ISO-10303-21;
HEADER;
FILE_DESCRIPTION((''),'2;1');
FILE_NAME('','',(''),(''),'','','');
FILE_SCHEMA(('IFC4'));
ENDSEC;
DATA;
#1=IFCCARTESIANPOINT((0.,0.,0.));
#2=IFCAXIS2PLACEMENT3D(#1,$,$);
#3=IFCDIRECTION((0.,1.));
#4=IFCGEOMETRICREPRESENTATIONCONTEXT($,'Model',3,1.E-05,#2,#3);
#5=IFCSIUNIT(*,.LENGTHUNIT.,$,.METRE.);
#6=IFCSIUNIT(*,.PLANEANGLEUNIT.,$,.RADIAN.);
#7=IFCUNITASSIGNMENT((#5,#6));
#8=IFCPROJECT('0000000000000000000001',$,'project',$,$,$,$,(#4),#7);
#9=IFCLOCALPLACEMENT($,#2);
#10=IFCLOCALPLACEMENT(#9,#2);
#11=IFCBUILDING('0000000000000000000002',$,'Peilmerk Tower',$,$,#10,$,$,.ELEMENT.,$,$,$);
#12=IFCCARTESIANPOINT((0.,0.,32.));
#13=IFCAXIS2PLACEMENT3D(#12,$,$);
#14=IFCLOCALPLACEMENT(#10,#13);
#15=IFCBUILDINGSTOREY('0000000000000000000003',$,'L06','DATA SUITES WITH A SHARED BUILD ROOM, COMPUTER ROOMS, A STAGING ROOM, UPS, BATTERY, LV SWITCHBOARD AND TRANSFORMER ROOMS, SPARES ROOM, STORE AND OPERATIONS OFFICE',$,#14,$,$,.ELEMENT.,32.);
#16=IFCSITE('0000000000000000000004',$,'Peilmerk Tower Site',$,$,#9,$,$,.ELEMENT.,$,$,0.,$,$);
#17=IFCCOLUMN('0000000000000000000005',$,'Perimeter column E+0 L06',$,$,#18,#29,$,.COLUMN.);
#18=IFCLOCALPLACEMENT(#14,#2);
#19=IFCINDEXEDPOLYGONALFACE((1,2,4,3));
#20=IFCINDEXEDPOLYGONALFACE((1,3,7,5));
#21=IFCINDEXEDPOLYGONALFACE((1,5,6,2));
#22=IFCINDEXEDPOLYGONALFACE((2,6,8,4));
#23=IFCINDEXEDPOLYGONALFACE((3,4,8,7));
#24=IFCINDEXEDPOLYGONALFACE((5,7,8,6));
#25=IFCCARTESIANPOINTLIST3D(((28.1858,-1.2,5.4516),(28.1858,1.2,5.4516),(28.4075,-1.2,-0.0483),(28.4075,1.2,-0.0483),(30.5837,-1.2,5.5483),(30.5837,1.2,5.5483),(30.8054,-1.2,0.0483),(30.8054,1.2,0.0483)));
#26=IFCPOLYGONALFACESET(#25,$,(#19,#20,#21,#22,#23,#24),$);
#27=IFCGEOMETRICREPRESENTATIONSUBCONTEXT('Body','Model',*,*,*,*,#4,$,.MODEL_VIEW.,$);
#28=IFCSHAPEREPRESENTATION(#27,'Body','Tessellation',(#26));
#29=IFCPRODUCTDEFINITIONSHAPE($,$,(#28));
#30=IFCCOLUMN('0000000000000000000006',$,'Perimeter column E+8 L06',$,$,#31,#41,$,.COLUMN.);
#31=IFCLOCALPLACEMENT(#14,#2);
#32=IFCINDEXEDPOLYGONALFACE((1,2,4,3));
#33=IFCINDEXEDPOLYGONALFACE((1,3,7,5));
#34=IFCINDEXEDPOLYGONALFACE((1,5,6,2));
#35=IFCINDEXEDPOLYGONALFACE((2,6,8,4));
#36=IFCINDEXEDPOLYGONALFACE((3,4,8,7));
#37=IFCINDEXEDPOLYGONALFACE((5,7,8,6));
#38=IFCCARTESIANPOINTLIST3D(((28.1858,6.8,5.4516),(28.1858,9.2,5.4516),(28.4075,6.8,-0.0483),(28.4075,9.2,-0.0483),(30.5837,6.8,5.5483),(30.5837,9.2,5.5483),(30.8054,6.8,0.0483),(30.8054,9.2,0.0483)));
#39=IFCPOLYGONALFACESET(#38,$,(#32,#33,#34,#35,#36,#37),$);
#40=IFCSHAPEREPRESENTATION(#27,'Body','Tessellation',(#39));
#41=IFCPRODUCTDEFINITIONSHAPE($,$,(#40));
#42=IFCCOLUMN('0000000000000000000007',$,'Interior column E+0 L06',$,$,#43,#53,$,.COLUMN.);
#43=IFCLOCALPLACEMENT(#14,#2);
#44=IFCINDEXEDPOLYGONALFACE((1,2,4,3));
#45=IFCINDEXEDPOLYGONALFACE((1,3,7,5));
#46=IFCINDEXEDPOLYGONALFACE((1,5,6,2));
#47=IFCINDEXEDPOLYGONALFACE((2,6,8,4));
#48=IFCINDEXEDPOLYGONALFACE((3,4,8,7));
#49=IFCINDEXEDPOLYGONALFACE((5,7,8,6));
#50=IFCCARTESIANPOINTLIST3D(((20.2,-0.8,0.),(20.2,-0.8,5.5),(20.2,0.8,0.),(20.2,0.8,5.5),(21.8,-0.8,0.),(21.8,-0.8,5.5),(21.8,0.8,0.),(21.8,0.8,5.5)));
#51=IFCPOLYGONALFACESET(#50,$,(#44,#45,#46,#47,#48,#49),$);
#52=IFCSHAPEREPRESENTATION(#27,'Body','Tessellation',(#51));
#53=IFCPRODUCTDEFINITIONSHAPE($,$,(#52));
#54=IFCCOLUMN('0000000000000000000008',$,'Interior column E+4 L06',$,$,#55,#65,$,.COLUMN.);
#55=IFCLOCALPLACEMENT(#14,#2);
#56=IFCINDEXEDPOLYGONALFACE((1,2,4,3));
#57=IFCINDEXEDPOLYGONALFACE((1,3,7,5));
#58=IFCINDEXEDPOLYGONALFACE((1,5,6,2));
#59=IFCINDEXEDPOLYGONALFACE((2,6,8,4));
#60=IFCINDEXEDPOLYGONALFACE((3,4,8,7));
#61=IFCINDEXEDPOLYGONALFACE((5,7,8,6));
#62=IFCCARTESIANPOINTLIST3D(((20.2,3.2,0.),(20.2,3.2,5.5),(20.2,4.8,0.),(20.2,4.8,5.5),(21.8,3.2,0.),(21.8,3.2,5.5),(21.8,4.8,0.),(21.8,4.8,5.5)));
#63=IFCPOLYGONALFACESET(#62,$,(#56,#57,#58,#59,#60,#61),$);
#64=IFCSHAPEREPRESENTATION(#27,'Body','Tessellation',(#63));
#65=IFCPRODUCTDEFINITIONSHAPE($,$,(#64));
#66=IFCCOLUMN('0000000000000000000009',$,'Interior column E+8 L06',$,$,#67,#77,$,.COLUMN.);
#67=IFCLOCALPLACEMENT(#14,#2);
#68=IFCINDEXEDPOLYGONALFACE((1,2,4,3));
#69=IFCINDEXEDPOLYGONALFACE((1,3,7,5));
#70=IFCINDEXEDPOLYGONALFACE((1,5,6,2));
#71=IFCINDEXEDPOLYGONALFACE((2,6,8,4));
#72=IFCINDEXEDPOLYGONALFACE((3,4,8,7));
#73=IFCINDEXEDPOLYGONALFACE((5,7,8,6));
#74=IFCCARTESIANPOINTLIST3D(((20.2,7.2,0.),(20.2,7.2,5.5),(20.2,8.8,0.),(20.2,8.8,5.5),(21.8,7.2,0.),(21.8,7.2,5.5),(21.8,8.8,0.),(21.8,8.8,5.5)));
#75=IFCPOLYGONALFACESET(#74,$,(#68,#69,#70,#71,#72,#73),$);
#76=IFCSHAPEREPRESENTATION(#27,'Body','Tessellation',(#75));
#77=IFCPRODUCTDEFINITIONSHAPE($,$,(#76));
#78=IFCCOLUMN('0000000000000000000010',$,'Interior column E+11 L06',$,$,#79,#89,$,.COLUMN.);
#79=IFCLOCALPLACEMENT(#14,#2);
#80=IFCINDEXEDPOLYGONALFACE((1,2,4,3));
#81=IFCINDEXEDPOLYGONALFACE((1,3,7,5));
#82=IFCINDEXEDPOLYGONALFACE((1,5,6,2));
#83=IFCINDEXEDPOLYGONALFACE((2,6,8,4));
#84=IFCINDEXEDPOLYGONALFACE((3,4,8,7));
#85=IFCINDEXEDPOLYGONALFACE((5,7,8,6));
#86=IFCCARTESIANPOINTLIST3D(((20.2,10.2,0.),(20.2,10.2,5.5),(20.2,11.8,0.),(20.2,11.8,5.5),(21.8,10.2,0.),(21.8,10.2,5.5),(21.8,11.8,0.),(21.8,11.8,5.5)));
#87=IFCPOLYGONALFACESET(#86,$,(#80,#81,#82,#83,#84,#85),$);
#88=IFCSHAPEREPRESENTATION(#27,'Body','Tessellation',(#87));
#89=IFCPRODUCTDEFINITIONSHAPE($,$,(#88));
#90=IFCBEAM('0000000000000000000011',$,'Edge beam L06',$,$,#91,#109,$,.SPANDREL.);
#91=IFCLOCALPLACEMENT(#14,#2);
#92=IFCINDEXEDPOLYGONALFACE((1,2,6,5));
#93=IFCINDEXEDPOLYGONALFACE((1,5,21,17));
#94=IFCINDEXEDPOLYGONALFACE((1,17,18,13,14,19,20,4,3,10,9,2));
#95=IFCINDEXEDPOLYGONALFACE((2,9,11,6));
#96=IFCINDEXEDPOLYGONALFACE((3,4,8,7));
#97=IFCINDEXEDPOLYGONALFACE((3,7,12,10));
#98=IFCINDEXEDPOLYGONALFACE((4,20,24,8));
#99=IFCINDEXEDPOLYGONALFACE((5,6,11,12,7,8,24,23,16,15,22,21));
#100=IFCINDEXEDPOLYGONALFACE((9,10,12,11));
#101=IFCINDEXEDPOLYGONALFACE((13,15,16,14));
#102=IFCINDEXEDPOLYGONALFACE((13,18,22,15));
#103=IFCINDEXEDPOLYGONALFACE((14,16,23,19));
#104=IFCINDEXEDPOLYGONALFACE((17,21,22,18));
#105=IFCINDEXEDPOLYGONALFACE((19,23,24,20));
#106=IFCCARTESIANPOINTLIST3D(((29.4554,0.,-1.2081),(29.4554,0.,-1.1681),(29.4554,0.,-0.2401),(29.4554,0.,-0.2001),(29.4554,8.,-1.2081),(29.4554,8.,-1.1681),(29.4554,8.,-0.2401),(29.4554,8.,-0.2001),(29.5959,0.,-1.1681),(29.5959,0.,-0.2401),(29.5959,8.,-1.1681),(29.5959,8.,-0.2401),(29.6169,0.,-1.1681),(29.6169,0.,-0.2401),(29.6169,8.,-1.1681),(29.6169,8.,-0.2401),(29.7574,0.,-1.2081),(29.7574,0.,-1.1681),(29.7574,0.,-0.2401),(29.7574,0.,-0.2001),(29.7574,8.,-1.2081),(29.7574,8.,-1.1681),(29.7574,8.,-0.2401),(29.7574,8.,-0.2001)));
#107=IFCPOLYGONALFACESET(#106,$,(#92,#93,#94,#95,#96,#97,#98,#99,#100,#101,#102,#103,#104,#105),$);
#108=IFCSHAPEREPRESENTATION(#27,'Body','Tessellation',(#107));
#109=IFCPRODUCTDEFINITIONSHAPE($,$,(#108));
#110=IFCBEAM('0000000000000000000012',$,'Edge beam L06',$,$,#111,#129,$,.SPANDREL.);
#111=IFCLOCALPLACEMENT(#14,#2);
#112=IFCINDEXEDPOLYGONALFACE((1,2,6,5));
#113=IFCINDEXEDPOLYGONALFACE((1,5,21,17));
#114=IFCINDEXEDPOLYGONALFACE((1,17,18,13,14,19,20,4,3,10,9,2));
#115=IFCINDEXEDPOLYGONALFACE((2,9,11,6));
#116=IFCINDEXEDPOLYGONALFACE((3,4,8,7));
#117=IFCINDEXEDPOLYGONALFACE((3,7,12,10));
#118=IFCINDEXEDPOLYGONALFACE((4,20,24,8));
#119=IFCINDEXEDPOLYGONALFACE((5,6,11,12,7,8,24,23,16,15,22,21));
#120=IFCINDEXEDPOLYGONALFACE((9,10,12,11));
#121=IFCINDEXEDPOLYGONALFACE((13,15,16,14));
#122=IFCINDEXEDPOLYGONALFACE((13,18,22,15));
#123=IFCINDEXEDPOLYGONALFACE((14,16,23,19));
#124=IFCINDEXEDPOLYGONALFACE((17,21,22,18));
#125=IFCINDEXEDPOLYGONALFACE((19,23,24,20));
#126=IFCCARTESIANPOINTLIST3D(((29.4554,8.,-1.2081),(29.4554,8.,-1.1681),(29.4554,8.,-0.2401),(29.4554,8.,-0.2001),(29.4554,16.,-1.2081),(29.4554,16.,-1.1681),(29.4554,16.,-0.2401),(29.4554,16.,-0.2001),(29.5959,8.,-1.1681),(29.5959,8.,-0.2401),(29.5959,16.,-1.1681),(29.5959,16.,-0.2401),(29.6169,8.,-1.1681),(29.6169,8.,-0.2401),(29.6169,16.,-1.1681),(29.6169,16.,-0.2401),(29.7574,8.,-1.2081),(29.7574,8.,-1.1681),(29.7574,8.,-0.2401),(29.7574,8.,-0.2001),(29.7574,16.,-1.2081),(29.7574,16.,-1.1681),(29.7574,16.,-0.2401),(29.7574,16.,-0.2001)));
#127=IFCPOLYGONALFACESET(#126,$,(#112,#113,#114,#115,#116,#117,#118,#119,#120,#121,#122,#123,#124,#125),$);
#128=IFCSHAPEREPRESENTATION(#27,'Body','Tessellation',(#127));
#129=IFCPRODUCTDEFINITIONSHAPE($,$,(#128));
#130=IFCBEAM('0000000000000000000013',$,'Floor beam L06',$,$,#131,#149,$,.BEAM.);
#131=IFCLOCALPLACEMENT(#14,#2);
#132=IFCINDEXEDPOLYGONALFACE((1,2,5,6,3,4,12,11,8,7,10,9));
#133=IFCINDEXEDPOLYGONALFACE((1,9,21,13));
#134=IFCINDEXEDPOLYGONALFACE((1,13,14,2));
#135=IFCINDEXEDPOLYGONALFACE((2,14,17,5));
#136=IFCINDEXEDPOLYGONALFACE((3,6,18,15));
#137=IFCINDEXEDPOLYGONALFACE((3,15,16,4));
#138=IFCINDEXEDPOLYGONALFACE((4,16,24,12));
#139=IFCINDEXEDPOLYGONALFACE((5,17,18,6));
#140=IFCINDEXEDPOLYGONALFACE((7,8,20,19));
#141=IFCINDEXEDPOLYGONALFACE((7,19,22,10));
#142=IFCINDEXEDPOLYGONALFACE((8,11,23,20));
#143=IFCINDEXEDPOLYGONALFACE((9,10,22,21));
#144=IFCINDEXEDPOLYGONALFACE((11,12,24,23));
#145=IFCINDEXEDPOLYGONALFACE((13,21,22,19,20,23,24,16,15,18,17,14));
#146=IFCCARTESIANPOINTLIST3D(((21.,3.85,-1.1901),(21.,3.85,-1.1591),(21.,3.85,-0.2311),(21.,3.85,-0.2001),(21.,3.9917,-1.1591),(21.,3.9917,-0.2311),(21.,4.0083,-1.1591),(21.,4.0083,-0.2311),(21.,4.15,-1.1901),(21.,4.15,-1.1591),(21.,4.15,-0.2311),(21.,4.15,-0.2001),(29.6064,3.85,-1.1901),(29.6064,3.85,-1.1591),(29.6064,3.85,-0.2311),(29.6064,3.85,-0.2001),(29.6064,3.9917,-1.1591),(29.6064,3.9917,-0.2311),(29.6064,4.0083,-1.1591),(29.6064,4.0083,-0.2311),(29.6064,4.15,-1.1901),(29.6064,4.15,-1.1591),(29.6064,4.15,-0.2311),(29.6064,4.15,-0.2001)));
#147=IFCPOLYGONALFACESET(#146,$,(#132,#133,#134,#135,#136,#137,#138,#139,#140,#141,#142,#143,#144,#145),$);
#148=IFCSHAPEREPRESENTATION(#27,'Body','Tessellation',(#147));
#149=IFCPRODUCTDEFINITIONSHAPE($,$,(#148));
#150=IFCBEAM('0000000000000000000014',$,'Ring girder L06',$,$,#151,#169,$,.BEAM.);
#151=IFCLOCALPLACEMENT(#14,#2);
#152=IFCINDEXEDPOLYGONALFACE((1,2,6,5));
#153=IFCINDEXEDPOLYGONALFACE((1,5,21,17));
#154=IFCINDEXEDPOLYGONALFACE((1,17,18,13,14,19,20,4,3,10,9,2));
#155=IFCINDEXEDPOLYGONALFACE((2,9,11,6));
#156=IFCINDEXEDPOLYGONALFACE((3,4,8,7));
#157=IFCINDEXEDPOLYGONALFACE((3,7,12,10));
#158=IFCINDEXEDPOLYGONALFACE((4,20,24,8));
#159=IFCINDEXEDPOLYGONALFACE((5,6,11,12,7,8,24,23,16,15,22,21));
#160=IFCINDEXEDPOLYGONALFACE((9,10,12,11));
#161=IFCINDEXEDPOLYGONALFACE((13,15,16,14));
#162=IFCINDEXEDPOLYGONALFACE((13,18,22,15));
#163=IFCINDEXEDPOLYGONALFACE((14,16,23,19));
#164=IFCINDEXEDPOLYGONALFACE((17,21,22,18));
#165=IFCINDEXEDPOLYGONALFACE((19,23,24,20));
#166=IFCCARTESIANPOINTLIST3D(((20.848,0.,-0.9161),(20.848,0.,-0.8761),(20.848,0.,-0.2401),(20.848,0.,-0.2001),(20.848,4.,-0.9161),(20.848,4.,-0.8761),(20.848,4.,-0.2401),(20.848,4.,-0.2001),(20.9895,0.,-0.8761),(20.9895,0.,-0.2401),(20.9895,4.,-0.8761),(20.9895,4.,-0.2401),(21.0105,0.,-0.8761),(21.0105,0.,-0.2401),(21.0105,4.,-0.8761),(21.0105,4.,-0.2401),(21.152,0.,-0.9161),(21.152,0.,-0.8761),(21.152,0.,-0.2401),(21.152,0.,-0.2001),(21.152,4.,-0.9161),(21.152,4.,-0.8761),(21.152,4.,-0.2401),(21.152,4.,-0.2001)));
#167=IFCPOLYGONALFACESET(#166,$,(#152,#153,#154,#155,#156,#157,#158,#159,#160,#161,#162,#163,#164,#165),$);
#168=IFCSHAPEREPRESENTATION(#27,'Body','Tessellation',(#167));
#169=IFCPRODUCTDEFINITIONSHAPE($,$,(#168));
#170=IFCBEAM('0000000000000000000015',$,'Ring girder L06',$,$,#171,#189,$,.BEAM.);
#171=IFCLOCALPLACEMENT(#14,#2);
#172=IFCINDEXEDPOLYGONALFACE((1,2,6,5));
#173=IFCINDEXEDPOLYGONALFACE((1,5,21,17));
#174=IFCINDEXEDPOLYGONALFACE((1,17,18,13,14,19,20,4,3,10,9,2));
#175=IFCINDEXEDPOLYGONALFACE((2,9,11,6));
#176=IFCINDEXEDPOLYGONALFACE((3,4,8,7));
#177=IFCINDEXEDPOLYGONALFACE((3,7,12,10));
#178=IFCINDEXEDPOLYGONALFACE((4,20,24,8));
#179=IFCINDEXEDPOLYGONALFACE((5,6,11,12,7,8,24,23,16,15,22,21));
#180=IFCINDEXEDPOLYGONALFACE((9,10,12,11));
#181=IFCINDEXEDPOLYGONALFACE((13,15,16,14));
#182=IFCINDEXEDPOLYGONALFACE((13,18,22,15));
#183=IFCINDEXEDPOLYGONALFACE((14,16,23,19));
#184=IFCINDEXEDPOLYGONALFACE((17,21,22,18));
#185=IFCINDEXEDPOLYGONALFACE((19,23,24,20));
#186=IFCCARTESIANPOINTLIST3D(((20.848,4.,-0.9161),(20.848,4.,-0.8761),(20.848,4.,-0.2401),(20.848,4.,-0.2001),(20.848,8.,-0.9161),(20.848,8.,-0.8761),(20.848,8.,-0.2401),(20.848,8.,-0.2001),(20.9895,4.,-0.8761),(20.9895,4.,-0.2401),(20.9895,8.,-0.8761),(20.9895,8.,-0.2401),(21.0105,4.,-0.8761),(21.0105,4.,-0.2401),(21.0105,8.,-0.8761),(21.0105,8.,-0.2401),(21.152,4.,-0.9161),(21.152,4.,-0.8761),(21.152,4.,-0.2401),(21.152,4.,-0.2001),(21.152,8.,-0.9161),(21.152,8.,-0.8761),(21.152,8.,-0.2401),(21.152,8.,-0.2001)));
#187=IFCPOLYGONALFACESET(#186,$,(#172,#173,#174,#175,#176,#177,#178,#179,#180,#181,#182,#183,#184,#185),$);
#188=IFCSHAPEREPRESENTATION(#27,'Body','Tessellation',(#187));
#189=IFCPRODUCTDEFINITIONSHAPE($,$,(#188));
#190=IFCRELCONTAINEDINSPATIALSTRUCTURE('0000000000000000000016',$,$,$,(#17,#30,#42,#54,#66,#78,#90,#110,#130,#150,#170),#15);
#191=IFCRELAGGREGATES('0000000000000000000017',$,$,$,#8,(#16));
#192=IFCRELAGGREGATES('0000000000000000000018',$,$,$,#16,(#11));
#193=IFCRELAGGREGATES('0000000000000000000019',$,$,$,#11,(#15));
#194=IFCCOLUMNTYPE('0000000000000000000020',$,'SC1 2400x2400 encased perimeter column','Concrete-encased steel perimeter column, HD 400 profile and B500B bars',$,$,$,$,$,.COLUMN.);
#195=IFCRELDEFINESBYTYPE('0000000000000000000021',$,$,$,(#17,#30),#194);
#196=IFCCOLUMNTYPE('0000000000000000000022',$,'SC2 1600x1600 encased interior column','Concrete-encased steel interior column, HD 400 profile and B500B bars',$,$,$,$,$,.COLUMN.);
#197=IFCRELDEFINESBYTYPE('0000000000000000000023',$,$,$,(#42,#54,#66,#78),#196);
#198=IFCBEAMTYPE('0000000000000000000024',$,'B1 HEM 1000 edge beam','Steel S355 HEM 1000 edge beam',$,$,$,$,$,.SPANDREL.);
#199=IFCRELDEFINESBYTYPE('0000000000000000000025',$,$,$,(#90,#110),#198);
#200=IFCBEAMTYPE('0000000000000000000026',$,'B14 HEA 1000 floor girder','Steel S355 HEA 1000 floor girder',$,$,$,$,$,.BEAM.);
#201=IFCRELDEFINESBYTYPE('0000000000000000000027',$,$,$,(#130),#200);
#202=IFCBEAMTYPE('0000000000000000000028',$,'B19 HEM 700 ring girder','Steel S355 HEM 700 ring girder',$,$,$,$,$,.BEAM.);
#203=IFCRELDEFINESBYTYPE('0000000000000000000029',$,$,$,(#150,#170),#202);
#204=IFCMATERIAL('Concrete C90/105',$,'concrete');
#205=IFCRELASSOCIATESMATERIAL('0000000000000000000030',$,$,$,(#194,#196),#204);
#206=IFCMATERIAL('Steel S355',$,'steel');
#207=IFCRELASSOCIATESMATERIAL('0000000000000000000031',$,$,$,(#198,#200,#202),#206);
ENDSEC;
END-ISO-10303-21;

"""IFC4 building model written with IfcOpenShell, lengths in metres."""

from ifc_helpers import new_model, si_unit, direction, frame, origin, origin_2d, place, context, subcontext, project, spatial, rectangle, i_section, extrude, material, material_profile, profile_set, type_object, element, save


model = new_model("IFC4")

# Units and contexts
model_context = context("Model", 3, precision=1e-05, world=origin(), true_north=direction((0.0, 1.0)))
body_context = subcontext(model_context, "Body", "Model", "MODEL_VIEW")
ifc_project = project(units=[si_unit("LENGTHUNIT", "METRE"), si_unit("PLANEANGLEUNIT", "RADIAN")], contexts=[model_context])

# Site, building, storey
site_placement = place(None, origin())
site = spatial("IfcSite", under=ifc_project, at=site_placement, Name="Peilmerk Tower Site", CompositionType="ELEMENT", RefElevation=0.0)
building_placement = place(site_placement, origin())
building = spatial("IfcBuilding", under=site, at=building_placement, Name="Peilmerk Tower", CompositionType="ELEMENT")
storey_placement = place(building_placement, frame((0.0, 0.0, 32.0)))
storey = spatial("IfcBuildingStorey", under=building, at=storey_placement, Name="L06", Description="DATA SUITES WITH A SHARED BUILD ROOM, COMPUTER ROOMS, A STAGING ROOM, UPS, BATTERY, LV SWITCHBOARD AND TRANSFORMER ROOMS, SPARES ROOM, STORE AND OPERATIONS OFFICE", CompositionType="ELEMENT", Elevation=32.0)

# Columns
ifc_material_1 = material(Name="Concrete C90/105", Category="concrete")
ifc_material_profile_1 = material_profile(ifc_material_1, rectangle(XDim=2.3999, YDim=2.3999, at=origin_2d()), Name="RC 2400x2400")
ifc_profile_set_1 = profile_set([ifc_material_profile_1], Name="Concrete C90/105")
column_type_1 = type_object("IfcColumnType", Name="SC1 2400x2400 encased perimeter column", Description="Concrete-encased steel perimeter column, HD 400 profile and B500B bars", PredefinedType="COLUMN", material=ifc_profile_set_1)
for number, where, z_axis, x_axis, name in (
    (1, (29.6064, 0.0, 0.0), (-0.040273, 0.0, 0.999189), (0.0, -1.0, 0.0), "Perimeter column E+0 L06"),
    (2, (29.6064, 8.0, 0.0), (-0.040273, 0.0, 0.999189), (0.0, -1.0, 0.0), "Perimeter column E+8 L06"),
):
    element("IfcColumn", number, at=place(storey_placement, frame(where, z_axis=z_axis, x_axis=x_axis)), inside=storey, type_object=column_type_1, Name=name, PredefinedType="COLUMN", context=body_context, shape_type="SweptSolid", body=[
        extrude(rectangle(XDim=2.3999, YDim=2.3999, at=origin_2d()), origin(), (0.0, 0.0, 1.0), 5.5044),
    ])
ifc_material_profile_2 = material_profile(ifc_material_1, rectangle(XDim=1.6001, YDim=1.6001, at=origin_2d()), Name="RC 1600x1600")
ifc_profile_set_2 = profile_set([ifc_material_profile_2], Name="Concrete C90/105")
column_type_2 = type_object("IfcColumnType", Name="SC2 1600x1600 encased interior column", Description="Concrete-encased steel interior column, HD 400 profile and B500B bars", PredefinedType="COLUMN", material=ifc_profile_set_2)
for number, where, z_axis, x_axis, name in (
    (3, (21.0, 0.0, 0.0), (0.0, 0.0, 1.0), (1.0, 0.0, 0.0), "Interior column E+0 L06"),
    (4, (21.0, 4.0, 0.0), (0.0, 0.0, 1.0), (1.0, 0.0, 0.0), "Interior column E+4 L06"),
    (5, (21.0, 8.0, 0.0), (0.0, 0.0, 1.0), (1.0, 0.0, 0.0), "Interior column E+8 L06"),
    (6, (21.0, 11.0, 0.0), (0.0, 0.0, 1.0), (1.0, 0.0, 0.0), "Interior column E+11 L06"),
):
    element("IfcColumn", number, at=place(storey_placement, frame(where, z_axis=z_axis, x_axis=x_axis)), inside=storey, type_object=column_type_2, Name=name, PredefinedType="COLUMN", context=body_context, shape_type="SweptSolid", body=[
        extrude(rectangle(XDim=1.6001, YDim=1.6001, at=origin_2d()), origin(), (0.0, 0.0, 1.0), 5.5),
    ])

# Beams
ifc_material_2 = material(Name="Steel S355", Category="steel")
ifc_material_profile_3 = material_profile(ifc_material_2, i_section(OverallWidth=0.302, OverallDepth=1.0081, WebThickness=0.021, FlangeThickness=0.04, at=origin_2d()), Name="HEM 1000")
ifc_profile_set_3 = profile_set([ifc_material_profile_3], Name="Steel S355")
beam_type_1 = type_object("IfcBeamType", Name="B1 HEM 1000 edge beam", Description="Steel S355 HEM 1000 edge beam", PredefinedType="SPANDREL", material=ifc_profile_set_3)
for number, where, z_axis, x_axis, name in (
    (7, (29.6064, 0.0, -0.7041), (0.0, 1.0, 0.0), (-1.0, 0.0, 0.0), "Edge beam L06"),
    (8, (29.6064, 8.0, -0.7041), (0.0, 1.0, 0.0), (-1.0, 0.0, 0.0), "Edge beam L06"),
):
    element("IfcBeam", number, at=place(storey_placement, frame(where, z_axis=z_axis, x_axis=x_axis)), inside=storey, type_object=beam_type_1, Name=name, PredefinedType="SPANDREL", context=body_context, shape_type="SweptSolid", body=[
        extrude(i_section(OverallWidth=0.302, OverallDepth=1.0081, WebThickness=0.021, FlangeThickness=0.04, at=origin_2d()), origin(), (0.0, 0.0, 1.0), 8.0),
    ])
ifc_material_profile_4 = material_profile(ifc_material_2, i_section(OverallWidth=0.3, OverallDepth=0.99, WebThickness=0.0166, FlangeThickness=0.031, at=origin_2d()), Name="HEA 1000")
ifc_profile_set_4 = profile_set([ifc_material_profile_4], Name="Steel S355")
beam_type_2 = type_object("IfcBeamType", Name="B14 HEA 1000 floor girder", Description="Steel S355 HEA 1000 floor girder", PredefinedType="BEAM", material=ifc_profile_set_4)
beam_1_placement = place(storey_placement, frame((21.0, 4.0, -0.6951), z_axis=(1.0, 0.0, 0.0), x_axis=(0.0, 1.0, 0.0)))
element("IfcBeam", 9, at=beam_1_placement, inside=storey, type_object=beam_type_2, Name="Floor beam L06", PredefinedType="BEAM", context=body_context, shape_type="SweptSolid", body=[
    extrude(i_section(OverallWidth=0.3, OverallDepth=0.99, WebThickness=0.0166, FlangeThickness=0.031, at=origin_2d()), origin(), (0.0, 0.0, 1.0), 8.6064),
])
ifc_material_profile_5 = material_profile(ifc_material_2, i_section(OverallWidth=0.304, OverallDepth=0.7161, WebThickness=0.021, FlangeThickness=0.04, at=origin_2d()), Name="HEM 700")
ifc_profile_set_5 = profile_set([ifc_material_profile_5], Name="Steel S355")
beam_type_3 = type_object("IfcBeamType", Name="B19 HEM 700 ring girder", Description="Steel S355 HEM 700 ring girder", PredefinedType="BEAM", material=ifc_profile_set_5)
for number, where, z_axis, x_axis, name in (
    (10, (21.0, 0.0, -0.5581), (0.0, 1.0, 0.0), (-1.0, 0.0, 0.0), "Ring girder L06"),
    (11, (21.0, 4.0, -0.5581), (0.0, 1.0, 0.0), (-1.0, 0.0, 0.0), "Ring girder L06"),
):
    element("IfcBeam", number, at=place(storey_placement, frame(where, z_axis=z_axis, x_axis=x_axis)), inside=storey, type_object=beam_type_3, Name=name, PredefinedType="BEAM", context=body_context, shape_type="SweptSolid", body=[
        extrude(i_section(OverallWidth=0.304, OverallDepth=0.7161, WebThickness=0.021, FlangeThickness=0.04, at=origin_2d()), origin(), (0.0, 0.0, 1.0), 4.0),
    ])

save(model, "model.ifc")
